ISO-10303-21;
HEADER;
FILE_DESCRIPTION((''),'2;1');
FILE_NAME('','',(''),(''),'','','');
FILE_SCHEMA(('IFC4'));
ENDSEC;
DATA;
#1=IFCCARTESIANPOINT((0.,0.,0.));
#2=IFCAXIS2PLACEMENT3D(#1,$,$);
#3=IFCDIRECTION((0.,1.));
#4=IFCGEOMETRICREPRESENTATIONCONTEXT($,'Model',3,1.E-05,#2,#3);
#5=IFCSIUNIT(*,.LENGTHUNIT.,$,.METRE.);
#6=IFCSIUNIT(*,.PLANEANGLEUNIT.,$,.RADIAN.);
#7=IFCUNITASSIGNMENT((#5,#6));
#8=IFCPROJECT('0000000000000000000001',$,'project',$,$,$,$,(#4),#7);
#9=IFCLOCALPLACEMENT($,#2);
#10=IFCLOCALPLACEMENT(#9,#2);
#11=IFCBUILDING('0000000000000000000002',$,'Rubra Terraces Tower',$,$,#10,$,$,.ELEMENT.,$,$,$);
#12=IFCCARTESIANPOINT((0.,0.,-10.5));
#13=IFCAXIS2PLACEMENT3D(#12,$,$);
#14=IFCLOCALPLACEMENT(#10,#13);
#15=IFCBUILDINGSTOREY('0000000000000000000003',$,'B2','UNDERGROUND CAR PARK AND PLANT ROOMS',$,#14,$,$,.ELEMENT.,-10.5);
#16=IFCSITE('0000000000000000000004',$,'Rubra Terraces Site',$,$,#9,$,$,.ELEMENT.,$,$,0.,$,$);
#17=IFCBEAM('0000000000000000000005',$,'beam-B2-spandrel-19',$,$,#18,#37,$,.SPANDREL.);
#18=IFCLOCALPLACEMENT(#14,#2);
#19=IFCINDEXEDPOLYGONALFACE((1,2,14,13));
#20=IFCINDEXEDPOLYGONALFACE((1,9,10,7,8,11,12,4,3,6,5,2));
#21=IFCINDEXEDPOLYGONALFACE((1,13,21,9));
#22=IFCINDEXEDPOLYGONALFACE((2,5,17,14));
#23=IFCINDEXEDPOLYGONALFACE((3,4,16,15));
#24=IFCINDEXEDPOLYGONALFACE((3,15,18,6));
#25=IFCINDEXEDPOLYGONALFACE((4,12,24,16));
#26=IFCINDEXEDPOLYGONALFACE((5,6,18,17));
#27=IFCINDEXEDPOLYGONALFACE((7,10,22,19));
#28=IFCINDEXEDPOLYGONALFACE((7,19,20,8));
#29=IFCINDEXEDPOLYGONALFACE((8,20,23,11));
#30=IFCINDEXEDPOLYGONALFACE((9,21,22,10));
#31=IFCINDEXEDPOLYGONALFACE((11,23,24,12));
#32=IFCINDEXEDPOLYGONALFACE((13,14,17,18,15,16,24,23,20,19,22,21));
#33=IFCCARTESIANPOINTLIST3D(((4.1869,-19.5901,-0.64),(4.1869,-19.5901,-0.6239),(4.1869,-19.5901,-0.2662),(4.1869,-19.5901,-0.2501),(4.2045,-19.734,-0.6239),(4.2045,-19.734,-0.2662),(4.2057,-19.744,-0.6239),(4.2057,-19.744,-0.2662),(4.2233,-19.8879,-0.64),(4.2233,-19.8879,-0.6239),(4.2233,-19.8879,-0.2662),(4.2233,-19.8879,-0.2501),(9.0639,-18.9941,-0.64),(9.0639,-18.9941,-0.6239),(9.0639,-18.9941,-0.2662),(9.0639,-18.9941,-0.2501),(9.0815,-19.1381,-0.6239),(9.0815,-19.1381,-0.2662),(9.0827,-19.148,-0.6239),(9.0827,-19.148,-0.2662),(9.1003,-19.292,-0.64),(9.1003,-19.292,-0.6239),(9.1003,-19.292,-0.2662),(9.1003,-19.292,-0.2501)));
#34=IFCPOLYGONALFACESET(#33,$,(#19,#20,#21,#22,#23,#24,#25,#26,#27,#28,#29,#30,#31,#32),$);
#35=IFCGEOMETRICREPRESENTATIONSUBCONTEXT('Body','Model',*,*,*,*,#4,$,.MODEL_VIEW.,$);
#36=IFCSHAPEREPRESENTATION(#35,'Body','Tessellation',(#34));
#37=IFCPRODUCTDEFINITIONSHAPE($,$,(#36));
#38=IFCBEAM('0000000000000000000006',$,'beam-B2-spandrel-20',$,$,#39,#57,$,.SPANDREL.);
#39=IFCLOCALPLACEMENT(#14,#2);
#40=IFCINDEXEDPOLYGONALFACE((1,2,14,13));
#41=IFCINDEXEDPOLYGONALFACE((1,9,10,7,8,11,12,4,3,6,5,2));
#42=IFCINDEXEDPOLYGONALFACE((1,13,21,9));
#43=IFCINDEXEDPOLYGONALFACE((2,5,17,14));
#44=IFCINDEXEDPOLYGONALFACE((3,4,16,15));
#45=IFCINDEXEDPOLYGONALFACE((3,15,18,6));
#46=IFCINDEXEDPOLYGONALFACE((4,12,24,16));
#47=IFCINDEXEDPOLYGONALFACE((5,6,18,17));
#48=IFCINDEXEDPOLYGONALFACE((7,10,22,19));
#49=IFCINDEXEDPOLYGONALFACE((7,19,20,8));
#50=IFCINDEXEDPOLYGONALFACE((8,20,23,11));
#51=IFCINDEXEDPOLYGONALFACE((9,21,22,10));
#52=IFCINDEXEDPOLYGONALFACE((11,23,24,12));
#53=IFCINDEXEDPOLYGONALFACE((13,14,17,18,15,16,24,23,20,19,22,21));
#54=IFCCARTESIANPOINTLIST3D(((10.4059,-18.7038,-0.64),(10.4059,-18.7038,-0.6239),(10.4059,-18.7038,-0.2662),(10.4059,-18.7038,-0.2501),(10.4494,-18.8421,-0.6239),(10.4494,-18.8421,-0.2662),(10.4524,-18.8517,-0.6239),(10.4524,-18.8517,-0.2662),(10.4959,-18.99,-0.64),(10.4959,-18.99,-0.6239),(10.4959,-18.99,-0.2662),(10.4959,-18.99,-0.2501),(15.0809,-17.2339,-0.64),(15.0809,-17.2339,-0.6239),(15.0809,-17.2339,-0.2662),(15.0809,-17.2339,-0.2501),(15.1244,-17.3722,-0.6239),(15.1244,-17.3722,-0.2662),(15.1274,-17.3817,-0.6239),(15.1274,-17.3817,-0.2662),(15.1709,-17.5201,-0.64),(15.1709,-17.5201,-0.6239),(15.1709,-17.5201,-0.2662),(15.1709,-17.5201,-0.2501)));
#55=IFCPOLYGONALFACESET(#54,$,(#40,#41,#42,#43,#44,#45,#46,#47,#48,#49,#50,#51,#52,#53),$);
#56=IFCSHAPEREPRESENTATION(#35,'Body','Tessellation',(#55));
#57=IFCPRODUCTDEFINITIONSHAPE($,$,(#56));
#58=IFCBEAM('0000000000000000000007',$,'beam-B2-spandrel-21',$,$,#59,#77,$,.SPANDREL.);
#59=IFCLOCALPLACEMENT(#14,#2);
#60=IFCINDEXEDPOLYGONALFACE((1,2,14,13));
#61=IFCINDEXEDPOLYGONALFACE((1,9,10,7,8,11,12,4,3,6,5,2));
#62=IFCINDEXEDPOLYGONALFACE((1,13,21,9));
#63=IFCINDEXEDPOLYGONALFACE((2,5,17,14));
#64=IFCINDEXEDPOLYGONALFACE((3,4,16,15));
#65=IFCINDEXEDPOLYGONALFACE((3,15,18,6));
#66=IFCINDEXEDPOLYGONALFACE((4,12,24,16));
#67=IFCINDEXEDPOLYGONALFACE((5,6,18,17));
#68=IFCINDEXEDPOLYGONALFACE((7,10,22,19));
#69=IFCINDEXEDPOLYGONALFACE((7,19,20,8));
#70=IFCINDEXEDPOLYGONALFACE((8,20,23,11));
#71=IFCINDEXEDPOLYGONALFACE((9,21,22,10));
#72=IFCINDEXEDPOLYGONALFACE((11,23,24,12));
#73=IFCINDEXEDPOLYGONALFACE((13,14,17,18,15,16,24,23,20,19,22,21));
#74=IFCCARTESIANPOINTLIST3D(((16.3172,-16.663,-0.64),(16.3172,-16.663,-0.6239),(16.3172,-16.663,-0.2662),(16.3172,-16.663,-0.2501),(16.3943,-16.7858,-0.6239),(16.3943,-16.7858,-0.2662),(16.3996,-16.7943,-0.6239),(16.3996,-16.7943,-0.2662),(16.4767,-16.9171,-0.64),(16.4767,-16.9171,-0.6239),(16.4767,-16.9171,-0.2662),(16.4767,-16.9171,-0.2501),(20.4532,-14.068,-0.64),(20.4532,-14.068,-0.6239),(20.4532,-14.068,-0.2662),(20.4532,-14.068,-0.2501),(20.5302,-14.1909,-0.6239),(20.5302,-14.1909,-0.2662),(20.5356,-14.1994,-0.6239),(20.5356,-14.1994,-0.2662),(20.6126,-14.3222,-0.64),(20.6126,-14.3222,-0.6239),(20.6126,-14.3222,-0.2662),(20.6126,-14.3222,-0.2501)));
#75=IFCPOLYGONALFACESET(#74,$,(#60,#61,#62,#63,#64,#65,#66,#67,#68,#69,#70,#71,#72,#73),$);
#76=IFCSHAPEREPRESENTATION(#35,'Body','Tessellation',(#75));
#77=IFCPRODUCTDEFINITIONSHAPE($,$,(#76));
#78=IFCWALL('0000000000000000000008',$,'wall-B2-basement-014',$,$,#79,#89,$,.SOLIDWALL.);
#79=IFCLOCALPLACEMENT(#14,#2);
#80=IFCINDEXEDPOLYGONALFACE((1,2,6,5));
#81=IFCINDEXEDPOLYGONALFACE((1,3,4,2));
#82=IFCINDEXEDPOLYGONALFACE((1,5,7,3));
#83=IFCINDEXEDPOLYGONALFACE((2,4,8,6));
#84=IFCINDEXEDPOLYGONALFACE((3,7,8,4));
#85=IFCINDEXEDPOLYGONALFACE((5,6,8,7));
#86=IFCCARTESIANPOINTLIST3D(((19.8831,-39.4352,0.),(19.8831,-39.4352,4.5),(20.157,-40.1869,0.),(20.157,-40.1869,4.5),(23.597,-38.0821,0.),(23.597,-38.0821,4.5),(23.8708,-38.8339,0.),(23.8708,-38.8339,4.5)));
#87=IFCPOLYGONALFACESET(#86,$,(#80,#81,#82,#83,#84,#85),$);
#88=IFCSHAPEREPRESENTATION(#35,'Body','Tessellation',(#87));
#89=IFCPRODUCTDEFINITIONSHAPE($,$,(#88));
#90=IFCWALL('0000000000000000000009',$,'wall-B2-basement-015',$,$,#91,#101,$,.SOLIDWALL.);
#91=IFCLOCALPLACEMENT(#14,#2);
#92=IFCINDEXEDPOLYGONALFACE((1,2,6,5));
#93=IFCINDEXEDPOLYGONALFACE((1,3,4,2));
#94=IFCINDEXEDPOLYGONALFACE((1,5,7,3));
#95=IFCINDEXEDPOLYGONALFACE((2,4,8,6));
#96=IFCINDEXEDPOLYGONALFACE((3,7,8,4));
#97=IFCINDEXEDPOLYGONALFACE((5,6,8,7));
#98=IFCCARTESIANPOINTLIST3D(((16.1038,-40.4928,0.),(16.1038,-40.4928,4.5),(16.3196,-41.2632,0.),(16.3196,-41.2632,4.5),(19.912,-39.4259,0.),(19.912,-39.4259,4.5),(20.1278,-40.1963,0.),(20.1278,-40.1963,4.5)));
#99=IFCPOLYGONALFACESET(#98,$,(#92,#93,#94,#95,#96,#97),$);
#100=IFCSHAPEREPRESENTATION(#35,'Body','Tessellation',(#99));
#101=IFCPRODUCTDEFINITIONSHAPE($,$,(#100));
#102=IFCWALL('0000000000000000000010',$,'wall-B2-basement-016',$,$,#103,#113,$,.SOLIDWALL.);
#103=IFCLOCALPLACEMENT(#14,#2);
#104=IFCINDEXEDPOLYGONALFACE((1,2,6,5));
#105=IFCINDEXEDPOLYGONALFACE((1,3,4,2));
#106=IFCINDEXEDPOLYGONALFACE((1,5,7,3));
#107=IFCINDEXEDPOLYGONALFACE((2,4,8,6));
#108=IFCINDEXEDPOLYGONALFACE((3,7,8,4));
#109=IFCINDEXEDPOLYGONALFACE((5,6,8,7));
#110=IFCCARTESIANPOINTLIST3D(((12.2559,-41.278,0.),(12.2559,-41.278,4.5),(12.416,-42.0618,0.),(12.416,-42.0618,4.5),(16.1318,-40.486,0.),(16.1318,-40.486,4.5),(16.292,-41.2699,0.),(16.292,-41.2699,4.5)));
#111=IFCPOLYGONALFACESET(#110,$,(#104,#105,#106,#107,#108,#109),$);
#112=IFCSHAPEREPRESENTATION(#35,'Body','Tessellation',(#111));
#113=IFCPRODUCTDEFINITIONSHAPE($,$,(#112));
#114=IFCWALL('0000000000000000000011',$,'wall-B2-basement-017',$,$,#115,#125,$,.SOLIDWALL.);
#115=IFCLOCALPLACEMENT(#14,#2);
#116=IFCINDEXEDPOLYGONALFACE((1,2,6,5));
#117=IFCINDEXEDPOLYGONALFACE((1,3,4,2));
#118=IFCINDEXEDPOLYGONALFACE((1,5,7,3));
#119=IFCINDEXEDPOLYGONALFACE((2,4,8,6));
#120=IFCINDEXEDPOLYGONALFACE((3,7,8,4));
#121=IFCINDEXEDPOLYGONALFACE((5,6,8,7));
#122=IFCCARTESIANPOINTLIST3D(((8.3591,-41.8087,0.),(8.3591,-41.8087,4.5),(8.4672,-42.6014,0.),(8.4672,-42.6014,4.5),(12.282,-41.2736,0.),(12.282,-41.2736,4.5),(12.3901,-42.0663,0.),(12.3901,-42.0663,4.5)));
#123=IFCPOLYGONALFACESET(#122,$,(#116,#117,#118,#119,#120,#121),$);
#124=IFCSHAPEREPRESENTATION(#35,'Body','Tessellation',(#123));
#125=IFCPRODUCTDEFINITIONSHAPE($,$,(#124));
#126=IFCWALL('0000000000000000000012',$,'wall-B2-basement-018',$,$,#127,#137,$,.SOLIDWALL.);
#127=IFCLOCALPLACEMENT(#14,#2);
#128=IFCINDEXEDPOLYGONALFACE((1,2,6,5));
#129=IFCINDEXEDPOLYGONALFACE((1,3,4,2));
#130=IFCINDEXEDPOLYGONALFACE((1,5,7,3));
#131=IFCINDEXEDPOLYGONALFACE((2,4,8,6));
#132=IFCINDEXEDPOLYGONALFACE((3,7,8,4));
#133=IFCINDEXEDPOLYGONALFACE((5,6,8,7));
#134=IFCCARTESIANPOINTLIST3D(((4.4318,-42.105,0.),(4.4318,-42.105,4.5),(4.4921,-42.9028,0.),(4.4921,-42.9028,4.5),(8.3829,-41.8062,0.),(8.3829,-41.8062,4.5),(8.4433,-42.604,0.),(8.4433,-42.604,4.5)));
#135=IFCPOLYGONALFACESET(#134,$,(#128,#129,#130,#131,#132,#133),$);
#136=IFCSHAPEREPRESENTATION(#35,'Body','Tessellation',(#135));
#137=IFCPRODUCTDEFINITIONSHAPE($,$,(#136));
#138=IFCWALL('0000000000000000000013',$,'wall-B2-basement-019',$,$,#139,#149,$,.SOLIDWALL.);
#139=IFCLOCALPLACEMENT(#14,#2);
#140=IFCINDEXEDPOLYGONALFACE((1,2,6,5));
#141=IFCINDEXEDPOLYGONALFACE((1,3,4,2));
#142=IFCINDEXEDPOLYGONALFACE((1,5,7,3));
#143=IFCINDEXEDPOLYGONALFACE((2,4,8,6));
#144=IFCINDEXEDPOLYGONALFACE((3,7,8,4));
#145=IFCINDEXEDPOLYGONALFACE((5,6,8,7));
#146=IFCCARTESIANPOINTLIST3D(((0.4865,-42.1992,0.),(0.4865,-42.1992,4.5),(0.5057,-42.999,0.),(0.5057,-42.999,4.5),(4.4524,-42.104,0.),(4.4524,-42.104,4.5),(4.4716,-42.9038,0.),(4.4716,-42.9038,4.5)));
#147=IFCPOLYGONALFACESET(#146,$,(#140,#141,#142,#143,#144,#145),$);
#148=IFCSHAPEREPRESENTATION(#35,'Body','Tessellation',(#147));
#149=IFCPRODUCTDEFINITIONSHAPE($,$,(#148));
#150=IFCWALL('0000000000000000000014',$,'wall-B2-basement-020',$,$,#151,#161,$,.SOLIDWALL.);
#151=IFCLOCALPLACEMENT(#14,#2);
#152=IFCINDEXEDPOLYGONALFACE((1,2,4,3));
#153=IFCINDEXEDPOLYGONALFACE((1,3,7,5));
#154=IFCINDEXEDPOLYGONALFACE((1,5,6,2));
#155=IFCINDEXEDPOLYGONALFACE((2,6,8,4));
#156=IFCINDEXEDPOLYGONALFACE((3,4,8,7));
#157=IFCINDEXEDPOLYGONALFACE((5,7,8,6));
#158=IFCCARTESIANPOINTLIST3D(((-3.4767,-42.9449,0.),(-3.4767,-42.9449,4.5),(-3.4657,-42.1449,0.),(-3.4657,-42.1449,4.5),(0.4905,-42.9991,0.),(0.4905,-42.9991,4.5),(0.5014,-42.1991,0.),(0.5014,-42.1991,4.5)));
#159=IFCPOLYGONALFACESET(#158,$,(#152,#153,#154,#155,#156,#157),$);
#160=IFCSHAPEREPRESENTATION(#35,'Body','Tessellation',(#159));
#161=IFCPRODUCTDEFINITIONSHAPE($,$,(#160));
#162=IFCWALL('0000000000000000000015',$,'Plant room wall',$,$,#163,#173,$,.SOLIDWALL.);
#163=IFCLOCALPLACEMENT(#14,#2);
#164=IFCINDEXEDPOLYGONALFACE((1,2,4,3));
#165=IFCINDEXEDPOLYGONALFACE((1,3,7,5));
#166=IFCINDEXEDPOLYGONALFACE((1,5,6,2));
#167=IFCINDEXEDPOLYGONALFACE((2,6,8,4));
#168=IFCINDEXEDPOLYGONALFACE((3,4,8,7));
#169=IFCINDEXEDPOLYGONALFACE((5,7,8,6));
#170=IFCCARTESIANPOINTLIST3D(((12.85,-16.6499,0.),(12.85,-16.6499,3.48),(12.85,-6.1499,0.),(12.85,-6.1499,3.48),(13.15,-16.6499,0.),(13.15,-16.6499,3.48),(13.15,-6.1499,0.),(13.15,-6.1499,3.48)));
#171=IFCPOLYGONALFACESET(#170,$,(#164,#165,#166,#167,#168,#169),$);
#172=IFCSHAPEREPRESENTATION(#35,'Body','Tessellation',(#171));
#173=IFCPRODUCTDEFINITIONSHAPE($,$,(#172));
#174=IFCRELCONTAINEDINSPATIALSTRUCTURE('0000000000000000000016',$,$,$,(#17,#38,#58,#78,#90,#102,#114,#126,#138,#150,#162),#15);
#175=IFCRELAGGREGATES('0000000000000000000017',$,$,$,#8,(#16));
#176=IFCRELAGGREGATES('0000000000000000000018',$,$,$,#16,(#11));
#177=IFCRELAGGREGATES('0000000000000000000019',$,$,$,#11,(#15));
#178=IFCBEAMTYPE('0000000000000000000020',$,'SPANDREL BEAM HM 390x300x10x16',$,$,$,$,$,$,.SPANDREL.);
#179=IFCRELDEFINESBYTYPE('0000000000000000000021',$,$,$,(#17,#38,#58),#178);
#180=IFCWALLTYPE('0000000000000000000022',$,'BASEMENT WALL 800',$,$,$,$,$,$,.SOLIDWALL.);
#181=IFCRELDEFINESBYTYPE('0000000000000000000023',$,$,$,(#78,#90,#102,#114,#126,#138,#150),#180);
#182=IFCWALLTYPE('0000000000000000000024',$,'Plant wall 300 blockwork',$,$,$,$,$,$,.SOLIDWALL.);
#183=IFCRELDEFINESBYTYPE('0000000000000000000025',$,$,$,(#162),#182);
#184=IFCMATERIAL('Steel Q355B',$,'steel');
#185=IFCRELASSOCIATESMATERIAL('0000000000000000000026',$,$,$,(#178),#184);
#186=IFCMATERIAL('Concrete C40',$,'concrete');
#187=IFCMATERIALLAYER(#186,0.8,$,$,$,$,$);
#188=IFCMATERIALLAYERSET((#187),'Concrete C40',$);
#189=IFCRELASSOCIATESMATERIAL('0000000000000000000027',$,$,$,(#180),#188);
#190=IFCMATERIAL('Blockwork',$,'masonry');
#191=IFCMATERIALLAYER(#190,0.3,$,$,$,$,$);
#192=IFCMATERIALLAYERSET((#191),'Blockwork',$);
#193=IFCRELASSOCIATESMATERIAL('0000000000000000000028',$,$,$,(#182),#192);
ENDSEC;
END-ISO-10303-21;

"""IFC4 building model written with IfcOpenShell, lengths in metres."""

from ifc_helpers import new_model, si_unit, direction, frame, frame_2d, origin, origin_2d, place, context, subcontext, project, spatial, rectangle, i_section, extrude, material, layer, layer_set, material_profile, profile_set, type_object, element, save


model = new_model("IFC4")

# Units and contexts
model_context = context("Model", 3, precision=1e-05, world=origin(), true_north=direction((0.0, 1.0)))
body_context = subcontext(model_context, "Body", "Model", "MODEL_VIEW")
ifc_project = project(units=[si_unit("LENGTHUNIT", "METRE"), si_unit("PLANEANGLEUNIT", "RADIAN")], contexts=[model_context])

# Site, building, storey
site_placement = place(None, origin())
site = spatial("IfcSite", under=ifc_project, at=site_placement, Name="Rubra Terraces Site", CompositionType="ELEMENT", RefElevation=0.0)
building_placement = place(site_placement, origin())
building = spatial("IfcBuilding", under=site, at=building_placement, Name="Rubra Terraces Tower", CompositionType="ELEMENT")
storey_placement = place(building_placement, frame((0.0, 0.0, -10.5)))
storey = spatial("IfcBuildingStorey", under=building, at=storey_placement, Name="B2", Description="UNDERGROUND CAR PARK AND PLANT ROOMS", CompositionType="ELEMENT", Elevation=-10.5)

# Beams
ifc_material_1 = material(Name="Steel Q355B", Category="steel")
ifc_material_profile_1 = material_profile(ifc_material_1, i_section(OverallWidth=0.3, OverallDepth=0.3899, WebThickness=0.01, FlangeThickness=0.0161, at=origin_2d()), Name="HM 390x300x10x16")
ifc_profile_set_1 = profile_set([ifc_material_profile_1], Name="Steel Q355B")
beam_type_1 = type_object("IfcBeamType", Name="SPANDREL BEAM HM 390x300x10x16", PredefinedType="SPANDREL", material=ifc_profile_set_1)
beam_1_placement = place(storey_placement, frame((4.2051, -19.739, -0.4451), z_axis=(0.992617, 0.121294, 0.0), x_axis=(-0.121294, 0.992617, 0.0)))
element("IfcBeam", 1, at=beam_1_placement, inside=storey, type_object=beam_type_1, Name="beam-B2-spandrel-19", PredefinedType="SPANDREL", context=body_context, shape_type="SweptSolid", body=[
    extrude(i_section(OverallWidth=0.3, OverallDepth=0.3899, WebThickness=0.01, FlangeThickness=0.0161, at=origin_2d()), origin(), (0.0, 0.0, 1.0), 4.9133),
])
beam_2_placement = place(storey_placement, frame((10.4509, -18.8469, -0.4451), z_axis=(0.953955, 0.299951, 0.0), x_axis=(-0.299951, 0.953955, 0.0)))
element("IfcBeam", 2, at=beam_2_placement, inside=storey, type_object=beam_type_1, Name="beam-B2-spandrel-20", PredefinedType="SPANDREL", context=body_context, shape_type="SweptSolid", body=[
    extrude(i_section(OverallWidth=0.3, OverallDepth=0.3899, WebThickness=0.01, FlangeThickness=0.0161, at=origin_2d()), origin(), (0.0, 0.0, 1.0), 4.9006),
])
beam_3_placement = place(storey_placement, frame((16.397, -16.79, -0.4451), z_axis=(0.847078, 0.531468, 0.0), x_axis=(-0.531468, 0.847078, 0.0)))
element("IfcBeam", 3, at=beam_3_placement, inside=storey, type_object=beam_type_1, Name="beam-B2-spandrel-21", PredefinedType="SPANDREL", context=body_context, shape_type="SweptSolid", body=[
    extrude(i_section(OverallWidth=0.3, OverallDepth=0.3899, WebThickness=0.01, FlangeThickness=0.0161, at=origin_2d()), origin(), (0.0, 0.0, 1.0), 4.8826),
])

# Walls
ifc_material_2 = material(Name="Concrete C40", Category="concrete")
ifc_layer_1 = layer(ifc_material_2, 0.8)
ifc_layer_set_1 = layer_set([ifc_layer_1], Name="Concrete C40")
wall_type_1 = type_object("IfcWallType", Name="BASEMENT WALL 800", PredefinedType="SOLIDWALL", material=ifc_layer_set_1)
wall_1_placement = place(storey_placement, frame((23.7339, -38.458, 0.0), z_axis=(0.0, 0.0, 1.0), x_axis=(-0.939588, -0.342308, 0.0)))
element("IfcWall", 4, at=wall_1_placement, inside=storey, type_object=wall_type_1, Name="wall-B2-basement-014", PredefinedType="SOLIDWALL", context=body_context, shape_type="SweptSolid", body=[
    extrude(rectangle(XDim=3.9526, YDim=0.8, at=frame_2d((1.9763, 0.0))), origin(), (0.0, 0.0, 1.0), 4.5),
])
wall_2_placement = place(storey_placement, frame((20.02, -39.811, 0.0), z_axis=(0.0, 0.0, 1.0), x_axis=(-0.962923, -0.269776, 0.0)))
element("IfcWall", 5, at=wall_2_placement, inside=storey, type_object=wall_type_1, Name="wall-B2-basement-015", PredefinedType="SOLIDWALL", context=body_context, shape_type="SweptSolid", body=[
    extrude(rectangle(XDim=3.9548, YDim=0.8, at=frame_2d((1.9775, 0.0))), origin(), (0.0, 0.0, 1.0), 4.5),
])
wall_3_placement = place(storey_placement, frame((16.2119, -40.8779, 0.0), z_axis=(0.0, 0.0, 1.0), x_axis=(-0.979756, -0.200197, 0.0)))
element("IfcWall", 6, at=wall_3_placement, inside=storey, type_object=wall_type_1, Name="wall-B2-basement-016", PredefinedType="SOLIDWALL", context=body_context, shape_type="SweptSolid", body=[
    extrude(rectangle(XDim=3.9561, YDim=0.8, at=frame_2d((1.978, 0.0))), origin(), (0.0, 0.0, 1.0), 4.5),
])
wall_4_placement = place(storey_placement, frame((12.3359, -41.6699, 0.0), z_axis=(0.0, 0.0, 1.0), x_axis=(-0.990823, -0.135168, 0.0)))
element("IfcWall", 7, at=wall_4_placement, inside=storey, type_object=wall_type_1, Name="wall-B2-basement-017", PredefinedType="SOLIDWALL", context=body_context, shape_type="SweptSolid", body=[
    extrude(rectangle(XDim=3.9592, YDim=0.8, at=frame_2d((1.9795, 0.0))), origin(), (0.0, 0.0, 1.0), 4.5),
])
wall_5_placement = place(storey_placement, frame((8.4131, -42.2051, 0.0), z_axis=(0.0, 0.0, 1.0), x_axis=(-0.997152, -0.075415, 0.0)))
element("IfcWall", 8, at=wall_5_placement, inside=storey, type_object=wall_type_1, Name="wall-B2-basement-018", PredefinedType="SOLIDWALL", context=body_context, shape_type="SweptSolid", body=[
    extrude(rectangle(XDim=3.9624, YDim=0.8, at=frame_2d((1.9812, 0.0))), origin(), (0.0, 0.0, 1.0), 4.5),
])
wall_6_placement = place(storey_placement, frame((4.4619, -42.5039, 0.0), z_axis=(0.0, 0.0, 1.0), x_axis=(-0.999712, -0.024002, 0.0)))
element("IfcWall", 9, at=wall_6_placement, inside=storey, type_object=wall_type_1, Name="wall-B2-basement-019", PredefinedType="SOLIDWALL", context=body_context, shape_type="SweptSolid", body=[
    extrude(rectangle(XDim=3.967, YDim=0.8, at=frame_2d((1.9834, 0.0))), origin(), (0.0, 0.0, 1.0), 4.5),
])
wall_7_placement = place(storey_placement, frame((0.4961, -42.5991, 0.0), z_axis=(0.0, 0.0, 1.0), x_axis=(-0.999907, 0.013661, 0.0)))
element("IfcWall", 10, at=wall_7_placement, inside=storey, type_object=wall_type_1, Name="wall-B2-basement-020", PredefinedType="SOLIDWALL", context=body_context, shape_type="SweptSolid", body=[
    extrude(rectangle(XDim=3.9675, YDim=0.8, at=frame_2d((1.9839, 0.0))), origin(), (0.0, 0.0, 1.0), 4.5),
])
ifc_material_3 = material(Name="Blockwork", Category="masonry")
ifc_layer_2 = layer(ifc_material_3, 0.3)
ifc_layer_set_2 = layer_set([ifc_layer_2], Name="Blockwork")
wall_type_2 = type_object("IfcWallType", Name="Plant wall 300 blockwork", PredefinedType="SOLIDWALL", material=ifc_layer_set_2)
wall_8_placement = place(storey_placement, frame((13.0, -16.6499, 0.0), z_axis=(0.0, 0.0, 1.0), x_axis=(0.0, 1.0, 0.0)))
element("IfcWall", 11, at=wall_8_placement, inside=storey, type_object=wall_type_2, Name="Plant room wall", PredefinedType="SOLIDWALL", context=body_context, shape_type="SweptSolid", body=[
    extrude(rectangle(XDim=10.5, YDim=0.3, at=frame_2d((5.25, 0.0))), origin(), (0.0, 0.0, 1.0), 3.48),
])

save(model, "model.ifc")
